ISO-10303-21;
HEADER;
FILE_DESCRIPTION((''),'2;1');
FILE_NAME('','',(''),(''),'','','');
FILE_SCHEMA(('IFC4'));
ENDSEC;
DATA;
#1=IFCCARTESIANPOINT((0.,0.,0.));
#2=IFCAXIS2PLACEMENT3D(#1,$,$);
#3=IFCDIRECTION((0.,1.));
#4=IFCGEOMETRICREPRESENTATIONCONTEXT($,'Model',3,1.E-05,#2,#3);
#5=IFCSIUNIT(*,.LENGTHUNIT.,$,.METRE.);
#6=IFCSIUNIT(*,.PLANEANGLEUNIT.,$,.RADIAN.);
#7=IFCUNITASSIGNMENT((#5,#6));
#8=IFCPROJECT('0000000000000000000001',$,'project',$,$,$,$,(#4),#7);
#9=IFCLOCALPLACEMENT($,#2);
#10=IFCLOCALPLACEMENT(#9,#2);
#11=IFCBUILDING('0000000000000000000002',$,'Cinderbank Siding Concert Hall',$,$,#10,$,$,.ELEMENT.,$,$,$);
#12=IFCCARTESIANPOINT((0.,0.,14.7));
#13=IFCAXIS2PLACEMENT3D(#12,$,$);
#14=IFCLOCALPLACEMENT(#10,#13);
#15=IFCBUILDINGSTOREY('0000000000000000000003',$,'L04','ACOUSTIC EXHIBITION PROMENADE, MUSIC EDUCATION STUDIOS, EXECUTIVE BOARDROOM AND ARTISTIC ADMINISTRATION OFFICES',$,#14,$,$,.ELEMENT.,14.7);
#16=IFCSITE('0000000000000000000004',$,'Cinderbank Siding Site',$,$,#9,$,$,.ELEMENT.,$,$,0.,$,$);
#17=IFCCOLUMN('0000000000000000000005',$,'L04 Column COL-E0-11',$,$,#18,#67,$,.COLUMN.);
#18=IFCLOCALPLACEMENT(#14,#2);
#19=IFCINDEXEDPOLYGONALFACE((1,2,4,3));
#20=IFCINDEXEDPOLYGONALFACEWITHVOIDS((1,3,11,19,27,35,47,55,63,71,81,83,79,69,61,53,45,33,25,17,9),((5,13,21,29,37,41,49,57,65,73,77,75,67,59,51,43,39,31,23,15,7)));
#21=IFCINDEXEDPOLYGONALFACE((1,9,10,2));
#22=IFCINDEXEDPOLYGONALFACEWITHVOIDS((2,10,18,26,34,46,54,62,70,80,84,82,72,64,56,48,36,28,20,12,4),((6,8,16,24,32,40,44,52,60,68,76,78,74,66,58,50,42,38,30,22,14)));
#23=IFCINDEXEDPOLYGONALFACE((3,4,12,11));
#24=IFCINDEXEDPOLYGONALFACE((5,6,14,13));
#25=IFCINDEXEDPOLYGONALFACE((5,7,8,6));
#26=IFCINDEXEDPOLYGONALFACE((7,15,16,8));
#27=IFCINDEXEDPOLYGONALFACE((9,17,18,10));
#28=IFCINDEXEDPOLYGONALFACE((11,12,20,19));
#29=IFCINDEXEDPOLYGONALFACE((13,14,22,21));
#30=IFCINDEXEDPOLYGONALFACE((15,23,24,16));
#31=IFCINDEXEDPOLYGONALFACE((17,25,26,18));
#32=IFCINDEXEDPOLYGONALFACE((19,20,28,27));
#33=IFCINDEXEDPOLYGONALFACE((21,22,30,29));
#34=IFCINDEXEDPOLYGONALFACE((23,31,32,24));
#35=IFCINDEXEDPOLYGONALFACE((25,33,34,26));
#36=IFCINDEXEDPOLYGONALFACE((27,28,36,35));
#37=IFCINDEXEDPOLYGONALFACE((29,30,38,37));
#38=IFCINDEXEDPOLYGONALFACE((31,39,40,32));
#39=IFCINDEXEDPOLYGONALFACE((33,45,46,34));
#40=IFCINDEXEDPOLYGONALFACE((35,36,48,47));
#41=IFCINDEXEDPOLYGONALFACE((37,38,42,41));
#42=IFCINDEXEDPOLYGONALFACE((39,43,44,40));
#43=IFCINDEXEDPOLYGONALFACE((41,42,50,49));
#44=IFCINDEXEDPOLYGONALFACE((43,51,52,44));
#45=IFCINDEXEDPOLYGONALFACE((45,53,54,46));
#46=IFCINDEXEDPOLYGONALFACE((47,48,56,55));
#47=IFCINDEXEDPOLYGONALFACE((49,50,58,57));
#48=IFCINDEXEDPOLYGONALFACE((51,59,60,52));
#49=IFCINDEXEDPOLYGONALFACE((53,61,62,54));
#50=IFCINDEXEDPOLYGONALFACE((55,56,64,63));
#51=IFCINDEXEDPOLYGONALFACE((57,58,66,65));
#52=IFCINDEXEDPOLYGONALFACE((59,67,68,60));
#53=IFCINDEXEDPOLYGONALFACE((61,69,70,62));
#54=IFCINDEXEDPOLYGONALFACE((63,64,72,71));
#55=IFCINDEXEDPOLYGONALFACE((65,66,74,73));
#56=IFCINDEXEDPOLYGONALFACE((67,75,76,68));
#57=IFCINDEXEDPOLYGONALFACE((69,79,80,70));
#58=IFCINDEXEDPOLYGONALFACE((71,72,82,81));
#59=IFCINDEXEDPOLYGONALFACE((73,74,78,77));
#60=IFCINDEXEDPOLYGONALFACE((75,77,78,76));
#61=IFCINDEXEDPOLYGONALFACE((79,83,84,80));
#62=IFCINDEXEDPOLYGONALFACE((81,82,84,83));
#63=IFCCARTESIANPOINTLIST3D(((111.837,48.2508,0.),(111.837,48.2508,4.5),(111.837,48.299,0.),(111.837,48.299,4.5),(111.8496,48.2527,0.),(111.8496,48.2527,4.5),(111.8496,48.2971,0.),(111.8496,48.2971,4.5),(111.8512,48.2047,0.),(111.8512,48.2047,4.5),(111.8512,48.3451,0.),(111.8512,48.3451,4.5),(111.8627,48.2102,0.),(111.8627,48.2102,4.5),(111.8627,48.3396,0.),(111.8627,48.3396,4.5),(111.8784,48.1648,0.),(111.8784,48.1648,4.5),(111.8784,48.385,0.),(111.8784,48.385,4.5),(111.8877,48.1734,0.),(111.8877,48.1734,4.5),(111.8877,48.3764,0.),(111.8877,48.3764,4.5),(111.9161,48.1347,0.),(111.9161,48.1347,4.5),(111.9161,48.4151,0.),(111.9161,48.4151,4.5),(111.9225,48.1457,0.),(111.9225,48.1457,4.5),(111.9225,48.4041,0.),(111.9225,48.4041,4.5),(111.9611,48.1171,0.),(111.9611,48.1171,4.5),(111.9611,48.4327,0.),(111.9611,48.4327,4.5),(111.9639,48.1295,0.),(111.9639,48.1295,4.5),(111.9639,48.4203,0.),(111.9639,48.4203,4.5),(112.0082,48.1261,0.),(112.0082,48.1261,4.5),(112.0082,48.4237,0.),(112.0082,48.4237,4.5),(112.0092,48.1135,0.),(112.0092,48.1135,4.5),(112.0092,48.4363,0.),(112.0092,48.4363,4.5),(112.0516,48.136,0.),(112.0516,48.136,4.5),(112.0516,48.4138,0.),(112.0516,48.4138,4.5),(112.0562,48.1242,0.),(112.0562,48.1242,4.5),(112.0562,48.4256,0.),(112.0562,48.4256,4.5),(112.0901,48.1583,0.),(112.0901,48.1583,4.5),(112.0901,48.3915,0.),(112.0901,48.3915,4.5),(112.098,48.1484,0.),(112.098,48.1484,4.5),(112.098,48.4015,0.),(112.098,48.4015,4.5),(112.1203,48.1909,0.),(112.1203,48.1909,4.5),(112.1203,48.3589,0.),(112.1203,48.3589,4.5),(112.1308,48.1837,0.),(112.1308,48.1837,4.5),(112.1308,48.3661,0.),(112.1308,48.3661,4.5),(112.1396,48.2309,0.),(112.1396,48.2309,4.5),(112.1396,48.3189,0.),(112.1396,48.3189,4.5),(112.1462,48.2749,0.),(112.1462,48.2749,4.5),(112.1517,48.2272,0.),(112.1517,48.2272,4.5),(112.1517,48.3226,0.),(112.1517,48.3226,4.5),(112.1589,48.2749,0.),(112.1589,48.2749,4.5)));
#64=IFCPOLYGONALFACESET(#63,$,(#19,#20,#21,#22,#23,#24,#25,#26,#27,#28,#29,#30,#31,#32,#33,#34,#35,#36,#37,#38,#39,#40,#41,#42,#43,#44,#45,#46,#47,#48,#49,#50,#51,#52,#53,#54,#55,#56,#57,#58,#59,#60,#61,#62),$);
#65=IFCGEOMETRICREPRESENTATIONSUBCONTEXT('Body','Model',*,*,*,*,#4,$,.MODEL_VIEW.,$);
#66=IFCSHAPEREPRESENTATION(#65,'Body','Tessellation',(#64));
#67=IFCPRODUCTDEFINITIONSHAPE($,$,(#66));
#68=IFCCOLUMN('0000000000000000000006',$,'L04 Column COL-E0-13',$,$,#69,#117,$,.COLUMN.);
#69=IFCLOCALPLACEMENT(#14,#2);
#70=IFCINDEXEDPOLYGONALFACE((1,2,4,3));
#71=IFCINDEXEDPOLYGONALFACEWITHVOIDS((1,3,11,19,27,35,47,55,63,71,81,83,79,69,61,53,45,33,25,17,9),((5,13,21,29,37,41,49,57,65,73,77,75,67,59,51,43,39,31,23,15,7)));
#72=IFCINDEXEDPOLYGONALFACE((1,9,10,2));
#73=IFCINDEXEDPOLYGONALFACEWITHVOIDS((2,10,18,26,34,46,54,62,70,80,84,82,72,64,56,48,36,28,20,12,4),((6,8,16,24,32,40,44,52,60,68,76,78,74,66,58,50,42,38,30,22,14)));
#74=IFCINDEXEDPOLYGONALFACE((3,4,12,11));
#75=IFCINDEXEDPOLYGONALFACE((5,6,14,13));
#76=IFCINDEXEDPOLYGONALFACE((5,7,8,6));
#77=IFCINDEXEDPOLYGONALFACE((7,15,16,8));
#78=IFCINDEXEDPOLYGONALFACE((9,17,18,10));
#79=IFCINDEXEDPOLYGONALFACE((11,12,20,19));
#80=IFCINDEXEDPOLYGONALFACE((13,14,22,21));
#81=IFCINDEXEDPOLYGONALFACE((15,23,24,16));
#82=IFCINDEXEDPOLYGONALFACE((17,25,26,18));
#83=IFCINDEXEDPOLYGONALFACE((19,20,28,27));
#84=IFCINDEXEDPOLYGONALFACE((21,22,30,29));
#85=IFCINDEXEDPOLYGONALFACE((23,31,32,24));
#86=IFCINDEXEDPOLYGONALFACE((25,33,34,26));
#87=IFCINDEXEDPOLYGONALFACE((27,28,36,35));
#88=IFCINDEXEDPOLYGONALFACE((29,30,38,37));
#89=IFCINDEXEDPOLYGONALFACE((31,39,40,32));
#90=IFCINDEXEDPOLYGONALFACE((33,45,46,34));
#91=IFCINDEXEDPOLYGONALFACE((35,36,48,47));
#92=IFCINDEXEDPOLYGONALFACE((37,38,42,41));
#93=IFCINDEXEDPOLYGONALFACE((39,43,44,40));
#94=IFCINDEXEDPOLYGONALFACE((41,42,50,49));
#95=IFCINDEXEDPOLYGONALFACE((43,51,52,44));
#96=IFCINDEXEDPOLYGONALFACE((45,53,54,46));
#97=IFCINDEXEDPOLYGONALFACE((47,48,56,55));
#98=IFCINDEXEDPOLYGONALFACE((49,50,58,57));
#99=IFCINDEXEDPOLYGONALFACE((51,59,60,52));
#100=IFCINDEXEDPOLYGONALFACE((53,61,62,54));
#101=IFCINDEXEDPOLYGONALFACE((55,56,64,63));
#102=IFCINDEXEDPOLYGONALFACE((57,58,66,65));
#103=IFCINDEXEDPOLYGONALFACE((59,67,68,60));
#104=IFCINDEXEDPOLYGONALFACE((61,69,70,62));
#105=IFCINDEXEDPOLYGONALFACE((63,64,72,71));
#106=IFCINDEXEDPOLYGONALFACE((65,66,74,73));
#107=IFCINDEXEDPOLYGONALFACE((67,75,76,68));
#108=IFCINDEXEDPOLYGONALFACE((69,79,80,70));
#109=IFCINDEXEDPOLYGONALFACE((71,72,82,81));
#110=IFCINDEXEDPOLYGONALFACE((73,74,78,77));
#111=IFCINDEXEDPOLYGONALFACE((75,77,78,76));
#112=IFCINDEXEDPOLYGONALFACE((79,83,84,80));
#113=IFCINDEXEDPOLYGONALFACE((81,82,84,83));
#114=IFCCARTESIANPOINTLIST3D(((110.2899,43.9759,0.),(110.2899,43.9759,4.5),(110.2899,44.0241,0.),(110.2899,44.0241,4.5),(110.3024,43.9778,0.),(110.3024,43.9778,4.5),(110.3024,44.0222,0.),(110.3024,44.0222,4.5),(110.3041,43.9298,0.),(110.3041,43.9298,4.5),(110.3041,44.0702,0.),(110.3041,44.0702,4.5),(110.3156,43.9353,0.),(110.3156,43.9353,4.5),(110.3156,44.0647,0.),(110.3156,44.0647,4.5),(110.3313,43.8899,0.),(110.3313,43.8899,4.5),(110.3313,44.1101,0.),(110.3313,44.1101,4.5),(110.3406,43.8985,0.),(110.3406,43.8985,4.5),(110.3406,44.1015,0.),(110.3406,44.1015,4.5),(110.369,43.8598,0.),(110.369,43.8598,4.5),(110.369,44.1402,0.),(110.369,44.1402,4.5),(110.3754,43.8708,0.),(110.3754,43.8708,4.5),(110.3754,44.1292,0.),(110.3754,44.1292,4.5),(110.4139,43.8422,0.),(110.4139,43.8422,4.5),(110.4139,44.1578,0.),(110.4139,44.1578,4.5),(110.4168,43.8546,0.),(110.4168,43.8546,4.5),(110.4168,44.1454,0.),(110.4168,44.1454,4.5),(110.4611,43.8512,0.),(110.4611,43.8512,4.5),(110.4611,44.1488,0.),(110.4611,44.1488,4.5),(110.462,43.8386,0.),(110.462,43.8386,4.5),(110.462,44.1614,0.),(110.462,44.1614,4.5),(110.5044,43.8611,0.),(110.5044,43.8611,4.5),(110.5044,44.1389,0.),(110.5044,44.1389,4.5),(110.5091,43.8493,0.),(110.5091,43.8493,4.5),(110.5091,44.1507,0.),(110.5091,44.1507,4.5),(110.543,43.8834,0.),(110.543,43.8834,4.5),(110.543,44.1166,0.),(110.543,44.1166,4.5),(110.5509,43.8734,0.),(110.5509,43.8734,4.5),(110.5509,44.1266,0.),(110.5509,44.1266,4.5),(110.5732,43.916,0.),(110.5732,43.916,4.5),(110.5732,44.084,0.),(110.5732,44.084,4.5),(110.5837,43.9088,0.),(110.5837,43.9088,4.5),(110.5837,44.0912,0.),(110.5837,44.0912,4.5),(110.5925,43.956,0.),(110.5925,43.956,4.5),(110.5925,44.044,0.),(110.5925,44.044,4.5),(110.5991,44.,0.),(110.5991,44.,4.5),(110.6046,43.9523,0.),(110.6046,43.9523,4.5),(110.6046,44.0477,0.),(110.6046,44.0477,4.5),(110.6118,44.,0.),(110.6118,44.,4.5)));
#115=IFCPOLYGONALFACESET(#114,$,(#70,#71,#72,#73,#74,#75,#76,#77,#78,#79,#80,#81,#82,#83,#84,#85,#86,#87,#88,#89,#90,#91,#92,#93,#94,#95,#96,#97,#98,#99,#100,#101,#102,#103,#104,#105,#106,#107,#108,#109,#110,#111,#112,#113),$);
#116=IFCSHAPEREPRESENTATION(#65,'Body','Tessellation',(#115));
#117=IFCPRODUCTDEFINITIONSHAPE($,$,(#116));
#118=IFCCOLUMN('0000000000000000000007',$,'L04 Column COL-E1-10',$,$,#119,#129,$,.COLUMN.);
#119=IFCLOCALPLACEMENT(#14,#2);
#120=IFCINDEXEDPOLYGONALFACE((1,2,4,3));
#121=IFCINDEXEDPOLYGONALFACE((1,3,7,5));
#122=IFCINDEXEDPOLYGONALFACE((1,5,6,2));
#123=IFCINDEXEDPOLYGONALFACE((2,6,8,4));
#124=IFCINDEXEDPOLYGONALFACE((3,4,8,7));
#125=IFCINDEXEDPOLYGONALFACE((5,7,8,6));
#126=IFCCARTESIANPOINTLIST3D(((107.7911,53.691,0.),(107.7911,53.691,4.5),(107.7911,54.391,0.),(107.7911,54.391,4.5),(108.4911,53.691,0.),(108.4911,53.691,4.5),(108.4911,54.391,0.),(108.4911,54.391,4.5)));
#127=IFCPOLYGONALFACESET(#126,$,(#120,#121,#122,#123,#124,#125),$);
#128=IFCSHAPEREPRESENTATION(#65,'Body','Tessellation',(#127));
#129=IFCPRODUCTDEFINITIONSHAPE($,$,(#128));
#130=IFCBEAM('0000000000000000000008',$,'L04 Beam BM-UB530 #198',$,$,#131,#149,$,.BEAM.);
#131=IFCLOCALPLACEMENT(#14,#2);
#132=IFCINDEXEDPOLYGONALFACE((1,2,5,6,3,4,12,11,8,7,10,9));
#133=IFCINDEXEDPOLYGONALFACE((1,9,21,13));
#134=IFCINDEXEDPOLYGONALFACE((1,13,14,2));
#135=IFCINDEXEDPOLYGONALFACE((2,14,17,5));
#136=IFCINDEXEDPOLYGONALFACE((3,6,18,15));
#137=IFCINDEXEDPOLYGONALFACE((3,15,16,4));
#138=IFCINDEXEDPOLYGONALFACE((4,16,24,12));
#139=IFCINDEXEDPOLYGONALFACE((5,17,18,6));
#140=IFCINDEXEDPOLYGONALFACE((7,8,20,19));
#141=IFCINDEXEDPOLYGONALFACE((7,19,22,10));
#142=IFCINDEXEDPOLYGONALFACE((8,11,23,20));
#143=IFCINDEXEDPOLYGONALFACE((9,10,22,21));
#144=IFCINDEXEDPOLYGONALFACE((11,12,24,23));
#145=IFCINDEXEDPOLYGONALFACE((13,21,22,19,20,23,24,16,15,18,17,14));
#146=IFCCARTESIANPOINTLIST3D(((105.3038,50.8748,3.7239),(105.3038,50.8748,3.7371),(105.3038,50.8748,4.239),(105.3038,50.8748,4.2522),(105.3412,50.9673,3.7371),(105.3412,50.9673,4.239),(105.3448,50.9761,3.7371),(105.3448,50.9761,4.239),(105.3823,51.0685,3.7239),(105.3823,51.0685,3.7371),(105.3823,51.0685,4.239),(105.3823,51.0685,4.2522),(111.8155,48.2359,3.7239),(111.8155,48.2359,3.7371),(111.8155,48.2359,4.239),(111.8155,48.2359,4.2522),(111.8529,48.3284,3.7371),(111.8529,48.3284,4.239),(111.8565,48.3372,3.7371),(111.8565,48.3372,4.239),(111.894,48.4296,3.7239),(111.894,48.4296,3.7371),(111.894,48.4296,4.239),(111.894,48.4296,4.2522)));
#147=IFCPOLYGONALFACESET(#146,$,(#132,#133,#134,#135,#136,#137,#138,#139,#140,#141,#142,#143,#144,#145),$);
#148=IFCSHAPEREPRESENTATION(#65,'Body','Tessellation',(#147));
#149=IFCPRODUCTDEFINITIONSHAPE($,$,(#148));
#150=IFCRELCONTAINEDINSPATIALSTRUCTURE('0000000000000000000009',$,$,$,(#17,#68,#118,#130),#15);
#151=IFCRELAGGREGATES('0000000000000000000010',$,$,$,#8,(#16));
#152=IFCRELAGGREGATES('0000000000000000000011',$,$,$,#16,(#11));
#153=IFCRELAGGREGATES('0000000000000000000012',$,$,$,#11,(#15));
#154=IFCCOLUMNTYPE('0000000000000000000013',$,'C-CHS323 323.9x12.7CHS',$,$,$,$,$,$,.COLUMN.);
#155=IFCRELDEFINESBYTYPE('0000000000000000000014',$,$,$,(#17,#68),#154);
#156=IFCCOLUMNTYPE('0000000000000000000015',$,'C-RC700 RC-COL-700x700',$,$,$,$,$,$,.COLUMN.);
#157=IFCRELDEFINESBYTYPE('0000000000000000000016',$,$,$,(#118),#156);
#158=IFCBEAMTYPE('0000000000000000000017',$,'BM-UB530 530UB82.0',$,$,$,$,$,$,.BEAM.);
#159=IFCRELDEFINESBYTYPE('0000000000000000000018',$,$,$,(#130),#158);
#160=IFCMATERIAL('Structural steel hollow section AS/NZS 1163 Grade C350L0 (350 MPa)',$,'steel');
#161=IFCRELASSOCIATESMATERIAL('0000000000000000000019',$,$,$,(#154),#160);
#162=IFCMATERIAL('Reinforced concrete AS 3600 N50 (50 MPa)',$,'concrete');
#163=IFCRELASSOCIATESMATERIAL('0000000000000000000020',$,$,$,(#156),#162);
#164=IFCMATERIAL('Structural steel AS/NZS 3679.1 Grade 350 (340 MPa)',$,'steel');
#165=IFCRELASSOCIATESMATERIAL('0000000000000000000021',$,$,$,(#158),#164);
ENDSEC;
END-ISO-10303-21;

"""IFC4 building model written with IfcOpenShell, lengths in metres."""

from ifc_helpers import new_model, si_unit, direction, frame, origin, origin_2d, place, context, subcontext, project, spatial, rectangle, hollow_circle, i_section, extrude, material, material_profile, profile_set, type_object, element, save


model = new_model("IFC4")

# Units and contexts
model_context = context("Model", 3, precision=1e-05, world=origin(), true_north=direction((0.0, 1.0)))
body_context = subcontext(model_context, "Body", "Model", "MODEL_VIEW")
ifc_project = project(units=[si_unit("LENGTHUNIT", "METRE"), si_unit("PLANEANGLEUNIT", "RADIAN")], contexts=[model_context])

# Site, building, storey
site_placement = place(None, origin())
site = spatial("IfcSite", under=ifc_project, at=site_placement, Name="Cinderbank Siding Site", CompositionType="ELEMENT", RefElevation=0.0)
building_placement = place(site_placement, origin())
building = spatial("IfcBuilding", under=site, at=building_placement, Name="Cinderbank Siding Concert Hall", CompositionType="ELEMENT")
storey_placement = place(building_placement, frame((0.0, 0.0, 14.7)))
storey = spatial("IfcBuildingStorey", under=building, at=storey_placement, Name="L04", Description="ACOUSTIC EXHIBITION PROMENADE, MUSIC EDUCATION STUDIOS, EXECUTIVE BOARDROOM AND ARTISTIC ADMINISTRATION OFFICES", CompositionType="ELEMENT", Elevation=14.7)

# Columns
ifc_material_1 = material(Name="Structural steel hollow section AS/NZS 1163 Grade C350L0 (350 MPa)", Category="steel")
ifc_material_profile_1 = material_profile(ifc_material_1, hollow_circle(Radius=0.1619, WallThickness=0.0127, at=origin_2d()), Name="323.9x12.7CHS", Category="LoadBearing")
ifc_profile_set_1 = profile_set([ifc_material_profile_1], Name="Structural steel hollow section AS/NZS 1163 Grade C350L0 (350 MPa)")
column_type_1 = type_object("IfcColumnType", Name="C-CHS323 323.9x12.7CHS", PredefinedType="COLUMN", material=ifc_profile_set_1)
for number, where, z_axis, x_axis, name in (
    (1, (111.9971, 48.2749, 0.0), (0.0, 0.0, 1.0), (1.0, 0.0, 0.0), "L04 Column COL-E0-11"),
    (2, (110.45, 44.0, 0.0), (0.0, 0.0, 1.0), (1.0, 0.0, 0.0), "L04 Column COL-E0-13"),
):
    element("IfcColumn", number, at=place(storey_placement, frame(where, z_axis=z_axis, x_axis=x_axis)), inside=storey, type_object=column_type_1, Name=name, PredefinedType="COLUMN", context=body_context, shape_type="SweptSolid", body=[
        extrude(hollow_circle(Radius=0.1619, WallThickness=0.0127, at=origin_2d()), origin(), (0.0, 0.0, 1.0), 4.5),
    ])
ifc_material_2 = material(Name="Reinforced concrete AS 3600 N50 (50 MPa)", Category="concrete")
ifc_material_profile_2 = material_profile(ifc_material_2, rectangle(XDim=0.7, YDim=0.7, at=origin_2d()), Name="RC-COL-700x700", Category="LoadBearing")
ifc_profile_set_2 = profile_set([ifc_material_profile_2], Name="Reinforced concrete AS 3600 N50 (50 MPa)")
column_type_2 = type_object("IfcColumnType", Name="C-RC700 RC-COL-700x700", PredefinedType="COLUMN", material=ifc_profile_set_2)
column_placement = place(storey_placement, frame((108.1411, 54.041, 0.0), z_axis=(0.0, 0.0, 1.0), x_axis=(1.0, 0.0, 0.0)))
element("IfcColumn", 3, at=column_placement, inside=storey, type_object=column_type_2, Name="L04 Column COL-E1-10", PredefinedType="COLUMN", context=body_context, shape_type="SweptSolid", body=[
    extrude(rectangle(XDim=0.7, YDim=0.7, at=origin_2d()), origin(), (0.0, 0.0, 1.0), 4.5),
])

# Beam
ifc_material_3 = material(Name="Structural steel AS/NZS 3679.1 Grade 350 (340 MPa)", Category="steel")
ifc_material_profile_3 = material_profile(ifc_material_3, i_section(OverallWidth=0.209, OverallDepth=0.5283, WebThickness=0.0095, FlangeThickness=0.0132, at=origin_2d()), Name="530UB82.0", Category="LoadBearing")
ifc_profile_set_3 = profile_set([ifc_material_profile_3], Name="Structural steel AS/NZS 3679.1 Grade 350 (340 MPa)")
beam_type_1 = type_object("IfcBeamType", Name="BM-UB530 530UB82.0", PredefinedType="BEAM", material=ifc_profile_set_3)
beam_placement = place(storey_placement, frame((111.8547, 48.3328, 3.988), z_axis=(-0.926787, 0.375587, 0.0), x_axis=(-0.375587, -0.926787, 0.0)))
element("IfcBeam", 4, at=beam_placement, inside=storey, type_object=beam_type_1, Name="L04 Beam BM-UB530 #198", PredefinedType="BEAM", context=body_context, shape_type="SweptSolid", body=[
    extrude(i_section(OverallWidth=0.209, OverallDepth=0.5283, WebThickness=0.0095, FlangeThickness=0.0132, at=origin_2d()), origin(), (0.0, 0.0, 1.0), 7.0261),
])

save(model, "model.ifc")
